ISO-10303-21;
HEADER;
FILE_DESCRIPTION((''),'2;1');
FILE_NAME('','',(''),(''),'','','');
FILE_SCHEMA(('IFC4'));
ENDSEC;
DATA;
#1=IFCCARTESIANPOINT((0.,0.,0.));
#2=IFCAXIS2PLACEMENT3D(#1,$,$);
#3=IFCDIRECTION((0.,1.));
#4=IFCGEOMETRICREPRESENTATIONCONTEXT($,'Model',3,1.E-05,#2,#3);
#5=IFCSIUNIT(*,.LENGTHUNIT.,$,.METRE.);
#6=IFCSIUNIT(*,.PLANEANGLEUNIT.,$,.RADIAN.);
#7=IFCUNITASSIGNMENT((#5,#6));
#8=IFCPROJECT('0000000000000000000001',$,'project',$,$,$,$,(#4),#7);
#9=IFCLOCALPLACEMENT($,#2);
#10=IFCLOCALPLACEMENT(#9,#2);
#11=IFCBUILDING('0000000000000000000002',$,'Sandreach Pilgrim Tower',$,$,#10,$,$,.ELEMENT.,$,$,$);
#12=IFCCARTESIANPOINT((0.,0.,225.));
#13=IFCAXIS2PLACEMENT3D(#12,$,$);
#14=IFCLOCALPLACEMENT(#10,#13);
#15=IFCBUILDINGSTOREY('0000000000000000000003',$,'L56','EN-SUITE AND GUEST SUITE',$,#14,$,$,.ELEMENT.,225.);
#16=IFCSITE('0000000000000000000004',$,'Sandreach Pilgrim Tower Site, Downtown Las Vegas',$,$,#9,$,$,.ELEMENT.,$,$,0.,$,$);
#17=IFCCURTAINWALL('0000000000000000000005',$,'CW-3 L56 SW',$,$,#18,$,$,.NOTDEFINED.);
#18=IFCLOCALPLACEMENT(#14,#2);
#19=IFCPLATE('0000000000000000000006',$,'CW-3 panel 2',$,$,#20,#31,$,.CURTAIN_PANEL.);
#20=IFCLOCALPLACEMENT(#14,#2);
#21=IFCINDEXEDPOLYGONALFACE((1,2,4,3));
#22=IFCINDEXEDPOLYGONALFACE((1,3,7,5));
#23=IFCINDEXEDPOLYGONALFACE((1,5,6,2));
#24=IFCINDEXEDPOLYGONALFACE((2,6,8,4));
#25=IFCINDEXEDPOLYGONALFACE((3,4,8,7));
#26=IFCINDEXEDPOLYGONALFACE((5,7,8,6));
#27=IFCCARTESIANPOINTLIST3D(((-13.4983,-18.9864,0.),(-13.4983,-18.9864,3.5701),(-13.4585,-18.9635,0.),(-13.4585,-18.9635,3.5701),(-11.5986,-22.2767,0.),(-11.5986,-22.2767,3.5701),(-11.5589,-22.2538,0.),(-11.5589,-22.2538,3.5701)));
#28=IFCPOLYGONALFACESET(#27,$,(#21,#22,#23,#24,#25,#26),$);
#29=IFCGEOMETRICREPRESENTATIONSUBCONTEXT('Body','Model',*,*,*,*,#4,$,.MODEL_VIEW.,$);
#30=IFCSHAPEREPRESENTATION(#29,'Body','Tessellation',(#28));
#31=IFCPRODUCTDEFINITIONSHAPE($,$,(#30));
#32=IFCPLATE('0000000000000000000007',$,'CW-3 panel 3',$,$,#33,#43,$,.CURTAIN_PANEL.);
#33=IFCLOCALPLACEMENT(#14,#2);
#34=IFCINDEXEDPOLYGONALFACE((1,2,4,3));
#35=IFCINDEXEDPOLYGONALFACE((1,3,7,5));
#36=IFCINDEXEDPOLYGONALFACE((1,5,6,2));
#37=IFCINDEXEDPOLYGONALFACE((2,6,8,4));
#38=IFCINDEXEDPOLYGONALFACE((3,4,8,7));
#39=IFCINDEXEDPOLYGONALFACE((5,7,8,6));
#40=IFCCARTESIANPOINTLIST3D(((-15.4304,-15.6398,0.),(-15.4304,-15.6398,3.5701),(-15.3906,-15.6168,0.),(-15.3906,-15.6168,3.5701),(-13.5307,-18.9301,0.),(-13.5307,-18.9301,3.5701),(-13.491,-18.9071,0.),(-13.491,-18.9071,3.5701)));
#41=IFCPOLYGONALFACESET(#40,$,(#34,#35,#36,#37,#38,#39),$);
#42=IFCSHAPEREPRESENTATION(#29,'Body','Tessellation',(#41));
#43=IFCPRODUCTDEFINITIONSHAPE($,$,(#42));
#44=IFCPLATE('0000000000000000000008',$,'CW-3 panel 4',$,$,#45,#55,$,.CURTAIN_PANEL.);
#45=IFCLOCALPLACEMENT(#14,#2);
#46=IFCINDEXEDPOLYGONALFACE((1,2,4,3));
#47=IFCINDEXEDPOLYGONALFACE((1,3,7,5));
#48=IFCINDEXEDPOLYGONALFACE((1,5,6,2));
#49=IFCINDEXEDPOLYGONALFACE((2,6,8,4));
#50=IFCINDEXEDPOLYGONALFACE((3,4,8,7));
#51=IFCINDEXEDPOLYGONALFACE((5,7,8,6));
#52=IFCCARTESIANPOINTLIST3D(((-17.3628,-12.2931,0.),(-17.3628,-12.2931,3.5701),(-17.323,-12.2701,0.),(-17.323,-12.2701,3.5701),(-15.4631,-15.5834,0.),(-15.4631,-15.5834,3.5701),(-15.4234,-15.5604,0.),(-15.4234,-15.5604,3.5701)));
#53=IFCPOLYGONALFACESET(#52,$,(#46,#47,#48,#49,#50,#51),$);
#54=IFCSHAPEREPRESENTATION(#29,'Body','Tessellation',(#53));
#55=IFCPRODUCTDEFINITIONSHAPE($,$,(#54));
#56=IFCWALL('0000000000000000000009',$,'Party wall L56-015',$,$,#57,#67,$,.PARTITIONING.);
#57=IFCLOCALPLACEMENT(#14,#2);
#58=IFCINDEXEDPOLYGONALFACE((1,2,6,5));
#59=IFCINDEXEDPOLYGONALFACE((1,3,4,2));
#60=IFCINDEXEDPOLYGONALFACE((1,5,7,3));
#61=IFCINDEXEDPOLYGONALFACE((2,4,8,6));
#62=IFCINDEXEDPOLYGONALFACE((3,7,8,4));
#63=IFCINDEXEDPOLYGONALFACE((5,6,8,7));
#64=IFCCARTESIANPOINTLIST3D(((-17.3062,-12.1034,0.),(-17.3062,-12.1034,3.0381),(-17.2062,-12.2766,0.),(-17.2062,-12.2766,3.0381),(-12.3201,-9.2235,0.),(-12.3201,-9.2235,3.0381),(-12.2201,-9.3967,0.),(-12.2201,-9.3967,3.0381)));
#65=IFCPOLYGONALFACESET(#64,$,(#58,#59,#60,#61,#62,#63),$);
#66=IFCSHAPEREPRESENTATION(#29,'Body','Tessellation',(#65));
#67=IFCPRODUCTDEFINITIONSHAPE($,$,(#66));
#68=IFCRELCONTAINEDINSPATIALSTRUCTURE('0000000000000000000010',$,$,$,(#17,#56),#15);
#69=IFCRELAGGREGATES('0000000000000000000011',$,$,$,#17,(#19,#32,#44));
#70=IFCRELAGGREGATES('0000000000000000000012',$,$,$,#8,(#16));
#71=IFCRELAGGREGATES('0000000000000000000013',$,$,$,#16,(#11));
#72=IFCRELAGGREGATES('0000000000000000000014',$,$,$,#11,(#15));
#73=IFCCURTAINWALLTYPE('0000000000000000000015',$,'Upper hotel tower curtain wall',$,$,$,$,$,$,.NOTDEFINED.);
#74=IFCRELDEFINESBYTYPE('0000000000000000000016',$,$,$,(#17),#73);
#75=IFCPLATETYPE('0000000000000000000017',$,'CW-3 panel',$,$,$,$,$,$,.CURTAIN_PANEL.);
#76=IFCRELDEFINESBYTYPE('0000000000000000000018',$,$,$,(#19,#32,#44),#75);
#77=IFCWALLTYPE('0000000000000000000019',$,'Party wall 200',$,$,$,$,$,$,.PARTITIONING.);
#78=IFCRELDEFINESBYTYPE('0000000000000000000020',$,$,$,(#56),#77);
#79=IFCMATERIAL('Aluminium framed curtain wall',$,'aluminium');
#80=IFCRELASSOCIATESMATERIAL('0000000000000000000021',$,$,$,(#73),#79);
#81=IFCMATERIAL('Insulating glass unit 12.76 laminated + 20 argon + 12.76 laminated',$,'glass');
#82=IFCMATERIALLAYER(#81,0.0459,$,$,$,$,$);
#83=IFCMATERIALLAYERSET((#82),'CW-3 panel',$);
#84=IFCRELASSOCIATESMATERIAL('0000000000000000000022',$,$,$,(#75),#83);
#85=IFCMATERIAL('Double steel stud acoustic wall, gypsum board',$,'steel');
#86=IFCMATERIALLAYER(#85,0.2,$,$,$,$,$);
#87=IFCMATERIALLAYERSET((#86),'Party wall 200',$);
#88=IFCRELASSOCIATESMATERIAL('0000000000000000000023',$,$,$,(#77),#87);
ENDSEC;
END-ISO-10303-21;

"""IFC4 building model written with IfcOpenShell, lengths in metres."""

from ifc_helpers import new_model, si_unit, direction, frame, frame_2d, origin, origin_2d, place, context, subcontext, project, spatial, rectangle, extrude, material, layer, layer_set, type_object, element, aggregate, save


model = new_model("IFC4")

# Units and contexts
model_context = context("Model", 3, precision=1e-05, world=origin(), true_north=direction((0.0, 1.0)))
body_context = subcontext(model_context, "Body", "Model", "MODEL_VIEW")
ifc_project = project(units=[si_unit("LENGTHUNIT", "METRE"), si_unit("PLANEANGLEUNIT", "RADIAN")], contexts=[model_context])

# Site, building, storey
site_placement = place(None, origin())
site = spatial("IfcSite", under=ifc_project, at=site_placement, Name="Sandreach Pilgrim Tower Site, Downtown Las Vegas", CompositionType="ELEMENT", RefElevation=0.0)
building_placement = place(site_placement, origin())
building = spatial("IfcBuilding", under=site, at=building_placement, Name="Sandreach Pilgrim Tower", CompositionType="ELEMENT")
storey_placement = place(building_placement, frame((0.0, 0.0, 225.0)))
storey = spatial("IfcBuildingStorey", under=building, at=storey_placement, Name="L56", Description="EN-SUITE AND GUEST SUITE", CompositionType="ELEMENT", Elevation=225.0)

# Curtain wall
ifc_material_1 = material(Name="Aluminium framed curtain wall", Category="aluminium")
curtain_wall_type = type_object("IfcCurtainWallType", Name="Upper hotel tower curtain wall", PredefinedType="NOTDEFINED", material=ifc_material_1)
curtain_wall_placement = place(storey_placement, origin())
curtain_wall = element("IfcCurtainWall", 1, at=curtain_wall_placement, inside=storey, type_object=curtain_wall_type, Name="CW-3 L56 SW", PredefinedType="NOTDEFINED")

# Plates
ifc_material_2 = material(Name="Insulating glass unit 12.76 laminated + 20 argon + 12.76 laminated", Category="glass")
ifc_layer_1 = layer(ifc_material_2, 0.0459)
ifc_layer_set_1 = layer_set([ifc_layer_1], Name="CW-3 panel")
plate_type = type_object("IfcPlateType", Name="CW-3 panel", PredefinedType="CURTAIN_PANEL", material=ifc_layer_set_1)
plate_1_placement = place(storey_placement, frame((-12.5286, -20.6201, 0.0), z_axis=(0.0, 0.0, 1.0), x_axis=(-0.5, 0.866025, 0.0)))
plate_1 = element("IfcPlate", 2, at=plate_1_placement, type_object=plate_type, Name="CW-3 panel 2", PredefinedType="CURTAIN_PANEL", context=body_context, shape_type="SweptSolid", body=[
    extrude(rectangle(XDim=3.7993, YDim=0.0459, at=origin_2d()), origin(), (0.0, 0.0, 1.0), 3.5701),
])
plate_2_placement = place(storey_placement, frame((-14.4607, -17.2734, 0.0), z_axis=(0.0, 0.0, 1.0), x_axis=(-0.5, 0.866025, 0.0)))
plate_2 = element("IfcPlate", 3, at=plate_2_placement, type_object=plate_type, Name="CW-3 panel 3", PredefinedType="CURTAIN_PANEL", context=body_context, shape_type="SweptSolid", body=[
    extrude(rectangle(XDim=3.7993, YDim=0.0459, at=origin_2d()), origin(), (0.0, 0.0, 1.0), 3.5701),
])
plate_3_placement = place(storey_placement, frame((-16.3931, -13.9268, 0.0), z_axis=(0.0, 0.0, 1.0), x_axis=(-0.5, 0.866025, 0.0)))
plate_3 = element("IfcPlate", 4, at=plate_3_placement, type_object=plate_type, Name="CW-3 panel 4", PredefinedType="CURTAIN_PANEL", context=body_context, shape_type="SweptSolid", body=[
    extrude(rectangle(XDim=3.7993, YDim=0.0459, at=origin_2d()), origin(), (0.0, 0.0, 1.0), 3.5701),
])
aggregate(curtain_wall, [plate_1, plate_2, plate_3])

# Wall
ifc_material_3 = material(Name="Double steel stud acoustic wall, gypsum board", Category="steel")
ifc_layer_2 = layer(ifc_material_3, 0.2)
ifc_layer_set_2 = layer_set([ifc_layer_2], Name="Party wall 200")
wall_type = type_object("IfcWallType", Name="Party wall 200", PredefinedType="PARTITIONING", material=ifc_layer_set_2)
wall_placement = place(storey_placement, frame((-17.2561, -12.1899, 0.0), z_axis=(0.0, 0.0, 1.0), x_axis=(0.865938, 0.500152, 0.0)))
element("IfcWall", 5, at=wall_placement, inside=storey, type_object=wall_type, Name="Party wall L56-015", PredefinedType="PARTITIONING", context=body_context, shape_type="SweptSolid", body=[
    extrude(rectangle(XDim=5.7581, YDim=0.2, at=frame_2d((2.8789, 0.0))), origin(), (0.0, 0.0, 1.0), 3.0381),
])

save(model, "model.ifc")
